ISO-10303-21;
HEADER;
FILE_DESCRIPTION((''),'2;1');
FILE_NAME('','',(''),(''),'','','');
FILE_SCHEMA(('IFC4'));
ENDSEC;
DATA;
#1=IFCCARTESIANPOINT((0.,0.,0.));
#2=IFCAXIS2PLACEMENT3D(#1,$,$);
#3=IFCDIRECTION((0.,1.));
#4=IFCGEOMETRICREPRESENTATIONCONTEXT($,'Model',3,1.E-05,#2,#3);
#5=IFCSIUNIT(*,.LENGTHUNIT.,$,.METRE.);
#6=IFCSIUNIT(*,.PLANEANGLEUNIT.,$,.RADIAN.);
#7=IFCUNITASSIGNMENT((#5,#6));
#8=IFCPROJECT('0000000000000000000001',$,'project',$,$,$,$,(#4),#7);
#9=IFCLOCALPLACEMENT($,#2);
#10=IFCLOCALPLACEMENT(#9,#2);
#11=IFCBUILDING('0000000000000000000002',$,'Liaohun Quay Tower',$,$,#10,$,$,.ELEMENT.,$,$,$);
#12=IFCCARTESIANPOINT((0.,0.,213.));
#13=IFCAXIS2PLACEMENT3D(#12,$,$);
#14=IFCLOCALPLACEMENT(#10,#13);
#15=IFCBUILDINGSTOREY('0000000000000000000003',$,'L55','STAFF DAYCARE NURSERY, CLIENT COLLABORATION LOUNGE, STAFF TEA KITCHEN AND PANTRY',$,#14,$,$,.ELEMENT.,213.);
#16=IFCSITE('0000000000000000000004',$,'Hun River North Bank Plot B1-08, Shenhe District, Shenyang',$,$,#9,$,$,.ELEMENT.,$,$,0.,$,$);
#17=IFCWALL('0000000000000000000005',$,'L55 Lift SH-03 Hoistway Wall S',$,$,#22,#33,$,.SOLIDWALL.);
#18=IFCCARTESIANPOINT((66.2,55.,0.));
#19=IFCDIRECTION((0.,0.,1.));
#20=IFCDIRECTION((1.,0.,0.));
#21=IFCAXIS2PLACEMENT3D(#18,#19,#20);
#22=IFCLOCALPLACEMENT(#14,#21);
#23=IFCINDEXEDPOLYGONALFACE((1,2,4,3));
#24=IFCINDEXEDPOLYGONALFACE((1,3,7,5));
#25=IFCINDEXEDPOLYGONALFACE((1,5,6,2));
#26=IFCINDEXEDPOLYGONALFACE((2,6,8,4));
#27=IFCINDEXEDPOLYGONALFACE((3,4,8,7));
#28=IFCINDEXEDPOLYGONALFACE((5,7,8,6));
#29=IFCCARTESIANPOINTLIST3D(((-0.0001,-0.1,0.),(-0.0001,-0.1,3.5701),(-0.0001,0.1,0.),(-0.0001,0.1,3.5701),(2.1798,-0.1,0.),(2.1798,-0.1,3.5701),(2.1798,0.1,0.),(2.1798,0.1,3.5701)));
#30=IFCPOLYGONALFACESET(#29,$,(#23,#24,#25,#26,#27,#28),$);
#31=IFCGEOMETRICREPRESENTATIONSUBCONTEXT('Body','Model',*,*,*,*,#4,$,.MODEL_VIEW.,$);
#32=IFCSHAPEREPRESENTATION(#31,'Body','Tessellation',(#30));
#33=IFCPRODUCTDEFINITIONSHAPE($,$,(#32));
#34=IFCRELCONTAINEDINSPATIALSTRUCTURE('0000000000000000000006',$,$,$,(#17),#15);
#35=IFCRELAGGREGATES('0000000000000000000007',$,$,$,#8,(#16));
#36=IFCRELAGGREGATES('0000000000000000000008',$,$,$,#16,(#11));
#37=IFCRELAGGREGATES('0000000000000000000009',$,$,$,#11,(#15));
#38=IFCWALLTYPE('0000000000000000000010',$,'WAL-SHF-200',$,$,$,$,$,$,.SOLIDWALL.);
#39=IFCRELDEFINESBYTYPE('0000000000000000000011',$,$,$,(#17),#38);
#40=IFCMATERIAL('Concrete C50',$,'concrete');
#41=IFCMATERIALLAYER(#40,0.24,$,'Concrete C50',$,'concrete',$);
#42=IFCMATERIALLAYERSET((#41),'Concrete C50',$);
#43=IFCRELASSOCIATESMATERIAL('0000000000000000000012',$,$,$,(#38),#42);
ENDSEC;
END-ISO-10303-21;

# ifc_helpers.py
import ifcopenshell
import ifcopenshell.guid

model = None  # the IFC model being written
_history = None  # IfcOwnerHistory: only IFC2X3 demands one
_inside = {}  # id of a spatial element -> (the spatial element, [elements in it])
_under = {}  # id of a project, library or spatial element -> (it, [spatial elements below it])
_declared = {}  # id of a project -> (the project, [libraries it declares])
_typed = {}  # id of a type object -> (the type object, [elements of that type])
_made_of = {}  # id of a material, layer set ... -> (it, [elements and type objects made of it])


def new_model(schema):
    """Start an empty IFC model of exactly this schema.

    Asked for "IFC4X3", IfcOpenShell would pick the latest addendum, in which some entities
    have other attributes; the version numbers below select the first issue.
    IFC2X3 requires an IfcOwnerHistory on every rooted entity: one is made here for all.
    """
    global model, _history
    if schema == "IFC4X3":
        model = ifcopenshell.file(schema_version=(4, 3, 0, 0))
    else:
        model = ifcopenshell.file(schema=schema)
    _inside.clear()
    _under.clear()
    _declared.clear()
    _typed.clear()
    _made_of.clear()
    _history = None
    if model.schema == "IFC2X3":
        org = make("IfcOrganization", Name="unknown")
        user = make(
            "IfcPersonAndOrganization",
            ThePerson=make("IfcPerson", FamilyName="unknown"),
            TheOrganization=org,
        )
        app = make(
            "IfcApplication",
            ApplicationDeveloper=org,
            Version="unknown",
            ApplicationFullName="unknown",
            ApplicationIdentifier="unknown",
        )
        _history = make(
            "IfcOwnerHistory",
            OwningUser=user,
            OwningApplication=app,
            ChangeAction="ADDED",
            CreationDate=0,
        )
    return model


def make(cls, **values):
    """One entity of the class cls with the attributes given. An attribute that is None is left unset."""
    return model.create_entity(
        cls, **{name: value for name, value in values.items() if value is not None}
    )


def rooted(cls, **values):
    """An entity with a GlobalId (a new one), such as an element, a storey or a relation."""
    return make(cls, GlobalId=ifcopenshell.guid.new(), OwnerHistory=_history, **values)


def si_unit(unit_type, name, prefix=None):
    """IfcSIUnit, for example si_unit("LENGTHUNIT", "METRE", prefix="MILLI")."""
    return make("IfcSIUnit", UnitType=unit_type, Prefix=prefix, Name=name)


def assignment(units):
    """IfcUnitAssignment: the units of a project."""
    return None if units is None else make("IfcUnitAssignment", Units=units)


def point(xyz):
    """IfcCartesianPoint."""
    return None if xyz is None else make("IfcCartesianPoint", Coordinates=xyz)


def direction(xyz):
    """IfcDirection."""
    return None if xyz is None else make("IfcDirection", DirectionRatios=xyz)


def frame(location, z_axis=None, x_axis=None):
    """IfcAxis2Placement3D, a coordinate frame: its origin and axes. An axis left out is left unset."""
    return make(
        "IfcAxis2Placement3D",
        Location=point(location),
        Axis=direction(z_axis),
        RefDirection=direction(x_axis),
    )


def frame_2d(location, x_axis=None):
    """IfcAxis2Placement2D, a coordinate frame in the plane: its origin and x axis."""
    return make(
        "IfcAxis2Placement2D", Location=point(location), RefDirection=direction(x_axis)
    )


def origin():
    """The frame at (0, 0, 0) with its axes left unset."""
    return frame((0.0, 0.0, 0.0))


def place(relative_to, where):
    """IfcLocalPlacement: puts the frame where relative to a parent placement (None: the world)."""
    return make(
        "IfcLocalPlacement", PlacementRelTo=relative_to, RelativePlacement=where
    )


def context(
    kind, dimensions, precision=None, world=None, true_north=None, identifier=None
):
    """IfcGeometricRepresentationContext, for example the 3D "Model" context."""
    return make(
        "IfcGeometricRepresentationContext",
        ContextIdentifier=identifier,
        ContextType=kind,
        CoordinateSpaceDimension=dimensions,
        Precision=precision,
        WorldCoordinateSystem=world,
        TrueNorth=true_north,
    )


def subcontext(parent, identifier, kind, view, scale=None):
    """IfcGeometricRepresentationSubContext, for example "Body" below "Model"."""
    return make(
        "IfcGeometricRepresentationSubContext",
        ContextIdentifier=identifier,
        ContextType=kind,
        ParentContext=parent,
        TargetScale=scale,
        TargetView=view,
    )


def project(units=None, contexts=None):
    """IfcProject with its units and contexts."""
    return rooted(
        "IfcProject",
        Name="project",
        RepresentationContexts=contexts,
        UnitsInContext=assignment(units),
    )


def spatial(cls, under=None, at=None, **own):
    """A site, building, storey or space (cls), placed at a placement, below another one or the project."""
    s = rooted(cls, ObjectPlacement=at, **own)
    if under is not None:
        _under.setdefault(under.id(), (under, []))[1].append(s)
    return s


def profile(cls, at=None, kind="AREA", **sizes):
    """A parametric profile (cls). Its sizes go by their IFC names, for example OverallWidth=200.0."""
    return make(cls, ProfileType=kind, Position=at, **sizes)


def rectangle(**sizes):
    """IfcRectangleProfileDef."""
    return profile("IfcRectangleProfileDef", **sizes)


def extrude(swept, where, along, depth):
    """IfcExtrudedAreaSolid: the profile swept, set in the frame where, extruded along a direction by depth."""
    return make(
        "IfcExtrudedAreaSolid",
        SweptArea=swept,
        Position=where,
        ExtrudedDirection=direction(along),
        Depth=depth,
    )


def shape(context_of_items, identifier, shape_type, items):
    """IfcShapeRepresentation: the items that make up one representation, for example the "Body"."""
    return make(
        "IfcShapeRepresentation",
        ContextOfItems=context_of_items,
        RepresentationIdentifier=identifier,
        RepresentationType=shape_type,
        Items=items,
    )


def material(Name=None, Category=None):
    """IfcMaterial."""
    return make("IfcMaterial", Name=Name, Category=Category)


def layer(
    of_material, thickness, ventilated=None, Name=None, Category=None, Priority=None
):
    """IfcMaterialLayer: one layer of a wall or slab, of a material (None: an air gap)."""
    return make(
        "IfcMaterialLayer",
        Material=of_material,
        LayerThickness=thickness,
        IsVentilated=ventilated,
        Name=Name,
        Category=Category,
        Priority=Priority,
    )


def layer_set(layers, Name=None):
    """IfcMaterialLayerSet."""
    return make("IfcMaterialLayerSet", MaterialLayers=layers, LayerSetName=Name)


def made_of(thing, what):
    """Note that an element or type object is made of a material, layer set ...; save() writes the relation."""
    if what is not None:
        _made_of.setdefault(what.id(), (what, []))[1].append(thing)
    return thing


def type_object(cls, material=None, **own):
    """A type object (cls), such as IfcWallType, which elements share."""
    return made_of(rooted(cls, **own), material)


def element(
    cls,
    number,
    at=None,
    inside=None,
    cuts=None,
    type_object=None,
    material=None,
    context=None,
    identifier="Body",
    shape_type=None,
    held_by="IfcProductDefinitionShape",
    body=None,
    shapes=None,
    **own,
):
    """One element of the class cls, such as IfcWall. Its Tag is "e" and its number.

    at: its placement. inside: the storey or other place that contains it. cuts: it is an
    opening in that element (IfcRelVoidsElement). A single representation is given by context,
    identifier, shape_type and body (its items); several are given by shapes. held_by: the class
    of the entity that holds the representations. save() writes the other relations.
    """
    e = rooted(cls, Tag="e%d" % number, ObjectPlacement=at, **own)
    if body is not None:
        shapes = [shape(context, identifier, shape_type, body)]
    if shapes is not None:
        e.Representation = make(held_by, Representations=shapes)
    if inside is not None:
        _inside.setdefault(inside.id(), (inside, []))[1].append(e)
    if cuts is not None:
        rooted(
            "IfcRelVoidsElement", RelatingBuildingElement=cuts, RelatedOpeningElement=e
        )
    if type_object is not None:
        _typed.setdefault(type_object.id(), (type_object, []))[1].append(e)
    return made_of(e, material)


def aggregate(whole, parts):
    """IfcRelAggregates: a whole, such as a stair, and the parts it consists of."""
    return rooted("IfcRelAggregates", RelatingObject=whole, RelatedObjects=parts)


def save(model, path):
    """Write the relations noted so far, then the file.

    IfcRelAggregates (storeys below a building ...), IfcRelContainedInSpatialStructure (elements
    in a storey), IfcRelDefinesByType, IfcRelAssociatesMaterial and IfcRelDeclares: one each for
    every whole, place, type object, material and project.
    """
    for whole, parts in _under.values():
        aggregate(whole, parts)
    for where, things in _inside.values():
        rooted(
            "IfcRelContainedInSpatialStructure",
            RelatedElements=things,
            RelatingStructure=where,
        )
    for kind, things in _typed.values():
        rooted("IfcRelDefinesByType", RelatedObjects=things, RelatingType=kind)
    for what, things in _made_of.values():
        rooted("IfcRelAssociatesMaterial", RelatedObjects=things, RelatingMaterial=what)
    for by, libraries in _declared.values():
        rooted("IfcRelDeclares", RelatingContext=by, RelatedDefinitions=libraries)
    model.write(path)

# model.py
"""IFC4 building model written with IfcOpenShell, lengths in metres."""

from ifc_helpers import new_model, si_unit, direction, frame, frame_2d, origin, place, context, subcontext, project, spatial, rectangle, extrude, material, layer, layer_set, type_object, element, save


model = new_model("IFC4")

# Units and contexts
model_context = context("Model", 3, precision=1e-05, world=origin(), true_north=direction((0.0, 1.0)))
body_context = subcontext(model_context, "Body", "Model", "MODEL_VIEW")
ifc_project = project(units=[si_unit("LENGTHUNIT", "METRE"), si_unit("PLANEANGLEUNIT", "RADIAN")], contexts=[model_context])

# Site, building, storey
site_placement = place(None, origin())
site = spatial("IfcSite", under=ifc_project, at=site_placement, Name="Hun River North Bank Plot B1-08, Shenhe District, Shenyang", CompositionType="ELEMENT", RefElevation=0.0)
building_placement = place(site_placement, origin())
building = spatial("IfcBuilding", under=site, at=building_placement, Name="Liaohun Quay Tower", CompositionType="ELEMENT")
storey_placement = place(building_placement, frame((0.0, 0.0, 213.0)))
storey = spatial("IfcBuildingStorey", under=building, at=storey_placement, Name="L55", Description="STAFF DAYCARE NURSERY, CLIENT COLLABORATION LOUNGE, STAFF TEA KITCHEN AND PANTRY", CompositionType="ELEMENT", Elevation=213.0)

# Shared definitions
ifc_material_1 = material(Name="Concrete C50", Category="concrete")
ifc_layer_1 = layer(ifc_material_1, 0.24, Name="Concrete C50", Category="concrete")
ifc_layer_set_1 = layer_set([ifc_layer_1], Name="Concrete C50")
wall_type_1 = type_object("IfcWallType", Name="WAL-SHF-200", PredefinedType="SOLIDWALL", material=ifc_layer_set_1)

# Wall
wall_1_placement = place(storey_placement, frame((66.2, 55.0, 0.0), z_axis=(0.0, 0.0, 1.0), x_axis=(1.0, 0.0, 0.0)))
element("IfcWall", 1, at=wall_1_placement, inside=storey, type_object=wall_type_1, Name="L55 Lift SH-03 Hoistway Wall S", PredefinedType="SOLIDWALL", context=body_context, shape_type="SweptSolid", body=[
    extrude(rectangle(XDim=2.1799, YDim=0.2, at=frame_2d((1.0898, 0.0))), origin(), (0.0, 0.0, 1.0), 3.5701),
])

save(model, "model.ifc")
